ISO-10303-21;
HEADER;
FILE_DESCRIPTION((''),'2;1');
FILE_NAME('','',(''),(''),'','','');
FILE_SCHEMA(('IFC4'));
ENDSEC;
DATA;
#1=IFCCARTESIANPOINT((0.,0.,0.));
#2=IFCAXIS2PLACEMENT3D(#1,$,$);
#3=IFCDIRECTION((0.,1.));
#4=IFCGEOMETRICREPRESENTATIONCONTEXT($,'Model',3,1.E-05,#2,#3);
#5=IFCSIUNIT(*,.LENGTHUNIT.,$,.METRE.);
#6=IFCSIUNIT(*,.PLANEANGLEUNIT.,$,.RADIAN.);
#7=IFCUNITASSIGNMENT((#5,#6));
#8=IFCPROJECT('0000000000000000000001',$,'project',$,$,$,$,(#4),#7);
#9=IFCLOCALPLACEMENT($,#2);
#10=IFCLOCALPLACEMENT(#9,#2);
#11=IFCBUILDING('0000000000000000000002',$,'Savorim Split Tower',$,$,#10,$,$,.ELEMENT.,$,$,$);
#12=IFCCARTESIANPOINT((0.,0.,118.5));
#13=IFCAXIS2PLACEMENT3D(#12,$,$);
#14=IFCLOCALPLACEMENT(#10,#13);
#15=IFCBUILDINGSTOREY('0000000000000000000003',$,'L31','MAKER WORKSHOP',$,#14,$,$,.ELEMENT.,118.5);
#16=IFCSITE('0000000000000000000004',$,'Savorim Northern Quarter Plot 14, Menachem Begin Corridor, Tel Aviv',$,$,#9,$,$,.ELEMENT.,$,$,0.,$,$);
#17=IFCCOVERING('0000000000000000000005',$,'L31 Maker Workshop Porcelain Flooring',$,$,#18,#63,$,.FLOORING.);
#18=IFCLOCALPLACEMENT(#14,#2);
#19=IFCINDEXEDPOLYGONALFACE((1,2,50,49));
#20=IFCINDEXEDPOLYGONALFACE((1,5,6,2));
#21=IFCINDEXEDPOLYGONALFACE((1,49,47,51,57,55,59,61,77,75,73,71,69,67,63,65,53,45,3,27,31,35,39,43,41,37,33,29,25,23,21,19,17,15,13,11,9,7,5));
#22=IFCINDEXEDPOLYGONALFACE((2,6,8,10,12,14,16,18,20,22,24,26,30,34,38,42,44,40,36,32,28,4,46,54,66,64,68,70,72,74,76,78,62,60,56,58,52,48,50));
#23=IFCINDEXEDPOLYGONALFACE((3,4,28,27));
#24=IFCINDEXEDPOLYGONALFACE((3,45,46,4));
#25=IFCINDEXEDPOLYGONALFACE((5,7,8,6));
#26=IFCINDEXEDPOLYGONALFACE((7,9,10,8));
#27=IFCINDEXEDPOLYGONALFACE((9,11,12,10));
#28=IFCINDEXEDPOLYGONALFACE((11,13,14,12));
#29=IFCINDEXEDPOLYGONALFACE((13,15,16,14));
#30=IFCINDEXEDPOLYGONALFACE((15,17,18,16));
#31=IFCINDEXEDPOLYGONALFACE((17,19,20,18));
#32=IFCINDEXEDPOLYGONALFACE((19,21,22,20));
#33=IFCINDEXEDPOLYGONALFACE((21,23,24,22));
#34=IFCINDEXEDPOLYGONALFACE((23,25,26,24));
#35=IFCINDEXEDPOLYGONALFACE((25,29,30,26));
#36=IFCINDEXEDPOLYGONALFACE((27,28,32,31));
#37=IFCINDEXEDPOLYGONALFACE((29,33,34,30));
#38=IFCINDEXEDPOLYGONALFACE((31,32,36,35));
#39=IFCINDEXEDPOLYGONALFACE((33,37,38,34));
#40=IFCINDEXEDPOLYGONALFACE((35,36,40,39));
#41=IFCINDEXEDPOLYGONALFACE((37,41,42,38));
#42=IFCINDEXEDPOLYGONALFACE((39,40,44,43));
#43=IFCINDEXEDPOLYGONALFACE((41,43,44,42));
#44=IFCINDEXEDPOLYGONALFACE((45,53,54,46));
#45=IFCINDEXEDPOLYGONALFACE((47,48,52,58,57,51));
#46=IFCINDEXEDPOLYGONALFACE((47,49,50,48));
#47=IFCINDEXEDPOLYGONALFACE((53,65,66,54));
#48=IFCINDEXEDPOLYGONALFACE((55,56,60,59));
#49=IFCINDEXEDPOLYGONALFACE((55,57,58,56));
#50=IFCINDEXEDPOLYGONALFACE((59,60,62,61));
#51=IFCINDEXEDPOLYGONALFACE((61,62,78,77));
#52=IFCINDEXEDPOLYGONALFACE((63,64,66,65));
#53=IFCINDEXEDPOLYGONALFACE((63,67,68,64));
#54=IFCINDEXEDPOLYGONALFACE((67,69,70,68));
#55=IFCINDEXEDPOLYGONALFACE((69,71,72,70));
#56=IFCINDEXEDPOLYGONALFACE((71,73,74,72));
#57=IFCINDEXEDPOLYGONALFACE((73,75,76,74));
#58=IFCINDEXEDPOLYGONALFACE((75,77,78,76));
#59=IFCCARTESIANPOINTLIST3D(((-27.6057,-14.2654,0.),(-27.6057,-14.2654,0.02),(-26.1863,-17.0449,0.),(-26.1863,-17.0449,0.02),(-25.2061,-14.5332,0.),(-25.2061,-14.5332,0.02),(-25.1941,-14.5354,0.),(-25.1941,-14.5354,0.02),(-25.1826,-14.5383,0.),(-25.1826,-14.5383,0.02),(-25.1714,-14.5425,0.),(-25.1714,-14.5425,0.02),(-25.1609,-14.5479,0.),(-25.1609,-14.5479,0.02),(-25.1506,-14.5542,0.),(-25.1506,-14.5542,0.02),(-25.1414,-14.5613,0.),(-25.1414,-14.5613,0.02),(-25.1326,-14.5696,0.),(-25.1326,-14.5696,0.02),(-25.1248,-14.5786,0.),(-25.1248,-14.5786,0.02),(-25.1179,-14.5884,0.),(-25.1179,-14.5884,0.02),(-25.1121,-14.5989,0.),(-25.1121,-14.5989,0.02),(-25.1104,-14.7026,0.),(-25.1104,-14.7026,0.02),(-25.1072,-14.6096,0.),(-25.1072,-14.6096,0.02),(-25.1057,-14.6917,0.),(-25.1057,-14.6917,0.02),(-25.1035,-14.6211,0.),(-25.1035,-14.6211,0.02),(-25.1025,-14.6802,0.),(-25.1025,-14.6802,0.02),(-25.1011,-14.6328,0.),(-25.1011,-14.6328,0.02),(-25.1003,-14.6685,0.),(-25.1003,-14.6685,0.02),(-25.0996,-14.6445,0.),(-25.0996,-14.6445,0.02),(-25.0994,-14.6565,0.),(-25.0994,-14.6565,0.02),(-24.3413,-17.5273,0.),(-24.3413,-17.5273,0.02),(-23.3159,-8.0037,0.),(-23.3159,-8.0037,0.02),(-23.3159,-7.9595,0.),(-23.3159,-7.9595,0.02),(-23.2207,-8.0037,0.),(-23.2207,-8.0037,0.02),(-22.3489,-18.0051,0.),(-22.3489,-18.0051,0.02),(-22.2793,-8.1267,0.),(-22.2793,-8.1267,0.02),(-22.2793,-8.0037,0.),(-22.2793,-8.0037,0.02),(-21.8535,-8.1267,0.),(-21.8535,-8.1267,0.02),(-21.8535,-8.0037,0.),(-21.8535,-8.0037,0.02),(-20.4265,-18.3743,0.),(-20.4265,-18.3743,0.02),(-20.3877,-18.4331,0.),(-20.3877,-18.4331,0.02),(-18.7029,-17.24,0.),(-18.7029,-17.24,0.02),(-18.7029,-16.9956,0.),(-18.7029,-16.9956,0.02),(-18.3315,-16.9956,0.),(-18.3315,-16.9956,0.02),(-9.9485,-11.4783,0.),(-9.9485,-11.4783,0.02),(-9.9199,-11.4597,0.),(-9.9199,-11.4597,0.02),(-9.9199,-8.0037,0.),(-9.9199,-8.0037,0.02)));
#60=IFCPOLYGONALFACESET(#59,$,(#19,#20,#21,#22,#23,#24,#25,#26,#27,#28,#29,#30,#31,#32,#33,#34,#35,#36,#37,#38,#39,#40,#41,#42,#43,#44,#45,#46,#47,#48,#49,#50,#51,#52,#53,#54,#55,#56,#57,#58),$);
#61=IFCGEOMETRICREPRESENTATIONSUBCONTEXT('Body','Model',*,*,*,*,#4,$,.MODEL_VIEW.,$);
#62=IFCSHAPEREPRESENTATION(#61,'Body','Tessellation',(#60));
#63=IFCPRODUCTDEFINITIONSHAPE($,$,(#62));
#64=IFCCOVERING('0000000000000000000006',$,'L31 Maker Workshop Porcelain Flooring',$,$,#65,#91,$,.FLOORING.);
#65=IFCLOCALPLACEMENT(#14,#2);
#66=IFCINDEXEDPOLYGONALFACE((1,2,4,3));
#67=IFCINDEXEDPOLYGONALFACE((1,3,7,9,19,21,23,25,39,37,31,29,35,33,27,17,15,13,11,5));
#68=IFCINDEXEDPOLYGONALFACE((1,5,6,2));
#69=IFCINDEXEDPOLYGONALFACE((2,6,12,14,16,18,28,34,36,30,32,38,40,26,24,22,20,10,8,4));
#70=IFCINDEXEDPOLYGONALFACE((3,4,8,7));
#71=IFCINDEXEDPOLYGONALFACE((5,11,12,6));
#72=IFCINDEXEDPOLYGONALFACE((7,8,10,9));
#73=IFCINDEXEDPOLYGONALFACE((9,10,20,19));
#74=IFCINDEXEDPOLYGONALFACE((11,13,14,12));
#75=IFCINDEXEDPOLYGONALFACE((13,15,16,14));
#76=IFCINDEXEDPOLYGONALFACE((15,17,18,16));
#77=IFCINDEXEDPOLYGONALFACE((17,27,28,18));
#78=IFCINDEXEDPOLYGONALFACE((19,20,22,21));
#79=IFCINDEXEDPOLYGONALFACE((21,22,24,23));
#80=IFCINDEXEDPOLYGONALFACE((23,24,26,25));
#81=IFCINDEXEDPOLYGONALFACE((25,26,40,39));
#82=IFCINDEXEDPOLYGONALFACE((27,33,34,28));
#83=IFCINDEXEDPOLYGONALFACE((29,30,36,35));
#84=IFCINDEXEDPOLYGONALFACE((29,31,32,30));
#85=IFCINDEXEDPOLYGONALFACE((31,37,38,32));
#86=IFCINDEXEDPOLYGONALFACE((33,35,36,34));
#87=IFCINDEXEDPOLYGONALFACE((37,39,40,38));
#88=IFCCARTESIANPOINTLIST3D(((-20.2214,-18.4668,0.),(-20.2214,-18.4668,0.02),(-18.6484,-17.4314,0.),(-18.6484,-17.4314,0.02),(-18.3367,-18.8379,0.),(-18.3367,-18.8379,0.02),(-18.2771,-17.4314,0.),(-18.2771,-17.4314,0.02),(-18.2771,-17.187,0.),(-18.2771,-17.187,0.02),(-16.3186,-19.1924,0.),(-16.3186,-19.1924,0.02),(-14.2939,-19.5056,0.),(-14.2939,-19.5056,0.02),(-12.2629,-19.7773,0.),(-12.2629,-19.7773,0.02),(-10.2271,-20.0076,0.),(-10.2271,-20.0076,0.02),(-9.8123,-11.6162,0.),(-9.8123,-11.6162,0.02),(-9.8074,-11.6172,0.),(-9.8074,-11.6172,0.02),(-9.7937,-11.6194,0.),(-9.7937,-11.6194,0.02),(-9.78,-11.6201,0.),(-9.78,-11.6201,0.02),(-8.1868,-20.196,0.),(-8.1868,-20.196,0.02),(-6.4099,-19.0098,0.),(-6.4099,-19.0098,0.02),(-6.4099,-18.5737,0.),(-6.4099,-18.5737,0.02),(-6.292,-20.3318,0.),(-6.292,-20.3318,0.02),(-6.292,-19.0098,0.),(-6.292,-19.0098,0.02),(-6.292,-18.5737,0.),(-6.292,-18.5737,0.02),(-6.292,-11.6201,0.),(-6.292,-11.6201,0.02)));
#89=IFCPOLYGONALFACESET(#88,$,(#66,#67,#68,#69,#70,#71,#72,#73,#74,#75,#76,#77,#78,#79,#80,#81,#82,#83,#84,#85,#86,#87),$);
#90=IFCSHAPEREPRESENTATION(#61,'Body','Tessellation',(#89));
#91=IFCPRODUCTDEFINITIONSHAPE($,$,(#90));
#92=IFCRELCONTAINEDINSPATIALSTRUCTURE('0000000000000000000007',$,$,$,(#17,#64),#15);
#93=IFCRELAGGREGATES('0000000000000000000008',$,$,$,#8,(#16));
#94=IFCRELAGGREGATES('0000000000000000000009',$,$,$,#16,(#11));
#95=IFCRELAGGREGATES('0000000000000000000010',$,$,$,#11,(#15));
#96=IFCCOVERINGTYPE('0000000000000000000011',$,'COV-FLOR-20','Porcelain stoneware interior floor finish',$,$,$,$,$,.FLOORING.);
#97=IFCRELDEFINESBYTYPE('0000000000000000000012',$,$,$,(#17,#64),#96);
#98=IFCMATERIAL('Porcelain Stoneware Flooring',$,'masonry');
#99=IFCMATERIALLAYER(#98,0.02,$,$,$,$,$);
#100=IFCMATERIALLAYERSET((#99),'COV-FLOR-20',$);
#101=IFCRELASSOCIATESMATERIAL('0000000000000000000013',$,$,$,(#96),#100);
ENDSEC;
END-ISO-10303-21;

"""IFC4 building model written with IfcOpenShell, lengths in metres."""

from ifc_helpers import new_model, si_unit, direction, frame, origin, place, context, subcontext, project, spatial, polyline, outline, extrude, material, layer, layer_set, type_object, element, save


model = new_model("IFC4")

# Units and contexts
model_context = context("Model", 3, precision=1e-05, world=origin(), true_north=direction((0.0, 1.0)))
body_context = subcontext(model_context, "Body", "Model", "MODEL_VIEW")
ifc_project = project(units=[si_unit("LENGTHUNIT", "METRE"), si_unit("PLANEANGLEUNIT", "RADIAN")], contexts=[model_context])

# Site, building, storey
site_placement = place(None, origin())
site = spatial("IfcSite", under=ifc_project, at=site_placement, Name="Savorim Northern Quarter Plot 14, Menachem Begin Corridor, Tel Aviv", CompositionType="ELEMENT", RefElevation=0.0)
building_placement = place(site_placement, origin())
building = spatial("IfcBuilding", under=site, at=building_placement, Name="Savorim Split Tower", CompositionType="ELEMENT")
storey_placement = place(building_placement, frame((0.0, 0.0, 118.5)))
storey = spatial("IfcBuildingStorey", under=building, at=storey_placement, Name="L31", Description="MAKER WORKSHOP", CompositionType="ELEMENT", Elevation=118.5)

# Coverings
ifc_material_1 = material(Name="Porcelain Stoneware Flooring", Category="masonry")
ifc_layer_1 = layer(ifc_material_1, 0.02)
ifc_layer_set_1 = layer_set([ifc_layer_1], Name="COV-FLOR-20")
covering_type_1 = type_object("IfcCoveringType", Name="COV-FLOR-20", Description="Porcelain stoneware interior floor finish", PredefinedType="FLOORING", material=ifc_layer_set_1)
covering_1_placement = place(storey_placement, origin())
element("IfcCovering", 1, at=covering_1_placement, inside=storey, type_object=covering_type_1, Name="L31 Maker Workshop Porcelain Flooring", PredefinedType="FLOORING", context=body_context, shape_type="SweptSolid", body=[
    extrude(outline(polyline([(-25.0996, -14.6445), (-25.0994, -14.6565), (-25.1003, -14.6685), (-25.1025, -14.6802), (-25.1057, -14.6917), (-25.1104, -14.7026), (-26.1863, -17.0449), (-24.3413, -17.5273), (-22.3489, -18.0051), (-20.3877, -18.4331), (-20.4265, -18.3743), (-18.7029, -17.24), (-18.7029, -16.9956), (-18.3315, -16.9956), (-9.9485, -11.4783), (-9.9199, -11.4597), (-9.9199, -8.0037), (-21.8535, -8.0037), (-21.8535, -8.1267), (-22.2793, -8.1267), (-22.2793, -8.0037), (-23.2207, -8.0037), (-23.3159, -8.0037), (-23.3159, -7.9595), (-27.6057, -14.2654), (-25.2061, -14.5332), (-25.1941, -14.5354), (-25.1826, -14.5383), (-25.1714, -14.5425), (-25.1609, -14.5479), (-25.1506, -14.5542), (-25.1414, -14.5613), (-25.1326, -14.5696), (-25.1248, -14.5786), (-25.1179, -14.5884), (-25.1121, -14.5989), (-25.1072, -14.6096), (-25.1035, -14.6211), (-25.1011, -14.6328), (-25.0996, -14.6445)])), origin(), (0.0, 0.0, 1.0), 0.02),
])
covering_2_placement = place(storey_placement, origin())
element("IfcCovering", 2, at=covering_2_placement, inside=storey, type_object=covering_type_1, Name="L31 Maker Workshop Porcelain Flooring", PredefinedType="FLOORING", context=body_context, shape_type="SweptSolid", body=[
    extrude(outline(polyline([(-14.2939, -19.5056), (-12.2629, -19.7773), (-10.2271, -20.0076), (-8.1868, -20.196), (-6.292, -20.3318), (-6.292, -19.0098), (-6.4099, -19.0098), (-6.4099, -18.5737), (-6.292, -18.5737), (-6.292, -11.6201), (-9.78, -11.6201), (-9.7937, -11.6194), (-9.8074, -11.6172), (-9.8123, -11.6162), (-18.2771, -17.187), (-18.2771, -17.4314), (-18.6484, -17.4314), (-20.2214, -18.4668), (-18.3367, -18.8379), (-16.3186, -19.1924), (-14.2939, -19.5056)])), origin(), (0.0, 0.0, 1.0), 0.02),
])

save(model, "model.ifc")
